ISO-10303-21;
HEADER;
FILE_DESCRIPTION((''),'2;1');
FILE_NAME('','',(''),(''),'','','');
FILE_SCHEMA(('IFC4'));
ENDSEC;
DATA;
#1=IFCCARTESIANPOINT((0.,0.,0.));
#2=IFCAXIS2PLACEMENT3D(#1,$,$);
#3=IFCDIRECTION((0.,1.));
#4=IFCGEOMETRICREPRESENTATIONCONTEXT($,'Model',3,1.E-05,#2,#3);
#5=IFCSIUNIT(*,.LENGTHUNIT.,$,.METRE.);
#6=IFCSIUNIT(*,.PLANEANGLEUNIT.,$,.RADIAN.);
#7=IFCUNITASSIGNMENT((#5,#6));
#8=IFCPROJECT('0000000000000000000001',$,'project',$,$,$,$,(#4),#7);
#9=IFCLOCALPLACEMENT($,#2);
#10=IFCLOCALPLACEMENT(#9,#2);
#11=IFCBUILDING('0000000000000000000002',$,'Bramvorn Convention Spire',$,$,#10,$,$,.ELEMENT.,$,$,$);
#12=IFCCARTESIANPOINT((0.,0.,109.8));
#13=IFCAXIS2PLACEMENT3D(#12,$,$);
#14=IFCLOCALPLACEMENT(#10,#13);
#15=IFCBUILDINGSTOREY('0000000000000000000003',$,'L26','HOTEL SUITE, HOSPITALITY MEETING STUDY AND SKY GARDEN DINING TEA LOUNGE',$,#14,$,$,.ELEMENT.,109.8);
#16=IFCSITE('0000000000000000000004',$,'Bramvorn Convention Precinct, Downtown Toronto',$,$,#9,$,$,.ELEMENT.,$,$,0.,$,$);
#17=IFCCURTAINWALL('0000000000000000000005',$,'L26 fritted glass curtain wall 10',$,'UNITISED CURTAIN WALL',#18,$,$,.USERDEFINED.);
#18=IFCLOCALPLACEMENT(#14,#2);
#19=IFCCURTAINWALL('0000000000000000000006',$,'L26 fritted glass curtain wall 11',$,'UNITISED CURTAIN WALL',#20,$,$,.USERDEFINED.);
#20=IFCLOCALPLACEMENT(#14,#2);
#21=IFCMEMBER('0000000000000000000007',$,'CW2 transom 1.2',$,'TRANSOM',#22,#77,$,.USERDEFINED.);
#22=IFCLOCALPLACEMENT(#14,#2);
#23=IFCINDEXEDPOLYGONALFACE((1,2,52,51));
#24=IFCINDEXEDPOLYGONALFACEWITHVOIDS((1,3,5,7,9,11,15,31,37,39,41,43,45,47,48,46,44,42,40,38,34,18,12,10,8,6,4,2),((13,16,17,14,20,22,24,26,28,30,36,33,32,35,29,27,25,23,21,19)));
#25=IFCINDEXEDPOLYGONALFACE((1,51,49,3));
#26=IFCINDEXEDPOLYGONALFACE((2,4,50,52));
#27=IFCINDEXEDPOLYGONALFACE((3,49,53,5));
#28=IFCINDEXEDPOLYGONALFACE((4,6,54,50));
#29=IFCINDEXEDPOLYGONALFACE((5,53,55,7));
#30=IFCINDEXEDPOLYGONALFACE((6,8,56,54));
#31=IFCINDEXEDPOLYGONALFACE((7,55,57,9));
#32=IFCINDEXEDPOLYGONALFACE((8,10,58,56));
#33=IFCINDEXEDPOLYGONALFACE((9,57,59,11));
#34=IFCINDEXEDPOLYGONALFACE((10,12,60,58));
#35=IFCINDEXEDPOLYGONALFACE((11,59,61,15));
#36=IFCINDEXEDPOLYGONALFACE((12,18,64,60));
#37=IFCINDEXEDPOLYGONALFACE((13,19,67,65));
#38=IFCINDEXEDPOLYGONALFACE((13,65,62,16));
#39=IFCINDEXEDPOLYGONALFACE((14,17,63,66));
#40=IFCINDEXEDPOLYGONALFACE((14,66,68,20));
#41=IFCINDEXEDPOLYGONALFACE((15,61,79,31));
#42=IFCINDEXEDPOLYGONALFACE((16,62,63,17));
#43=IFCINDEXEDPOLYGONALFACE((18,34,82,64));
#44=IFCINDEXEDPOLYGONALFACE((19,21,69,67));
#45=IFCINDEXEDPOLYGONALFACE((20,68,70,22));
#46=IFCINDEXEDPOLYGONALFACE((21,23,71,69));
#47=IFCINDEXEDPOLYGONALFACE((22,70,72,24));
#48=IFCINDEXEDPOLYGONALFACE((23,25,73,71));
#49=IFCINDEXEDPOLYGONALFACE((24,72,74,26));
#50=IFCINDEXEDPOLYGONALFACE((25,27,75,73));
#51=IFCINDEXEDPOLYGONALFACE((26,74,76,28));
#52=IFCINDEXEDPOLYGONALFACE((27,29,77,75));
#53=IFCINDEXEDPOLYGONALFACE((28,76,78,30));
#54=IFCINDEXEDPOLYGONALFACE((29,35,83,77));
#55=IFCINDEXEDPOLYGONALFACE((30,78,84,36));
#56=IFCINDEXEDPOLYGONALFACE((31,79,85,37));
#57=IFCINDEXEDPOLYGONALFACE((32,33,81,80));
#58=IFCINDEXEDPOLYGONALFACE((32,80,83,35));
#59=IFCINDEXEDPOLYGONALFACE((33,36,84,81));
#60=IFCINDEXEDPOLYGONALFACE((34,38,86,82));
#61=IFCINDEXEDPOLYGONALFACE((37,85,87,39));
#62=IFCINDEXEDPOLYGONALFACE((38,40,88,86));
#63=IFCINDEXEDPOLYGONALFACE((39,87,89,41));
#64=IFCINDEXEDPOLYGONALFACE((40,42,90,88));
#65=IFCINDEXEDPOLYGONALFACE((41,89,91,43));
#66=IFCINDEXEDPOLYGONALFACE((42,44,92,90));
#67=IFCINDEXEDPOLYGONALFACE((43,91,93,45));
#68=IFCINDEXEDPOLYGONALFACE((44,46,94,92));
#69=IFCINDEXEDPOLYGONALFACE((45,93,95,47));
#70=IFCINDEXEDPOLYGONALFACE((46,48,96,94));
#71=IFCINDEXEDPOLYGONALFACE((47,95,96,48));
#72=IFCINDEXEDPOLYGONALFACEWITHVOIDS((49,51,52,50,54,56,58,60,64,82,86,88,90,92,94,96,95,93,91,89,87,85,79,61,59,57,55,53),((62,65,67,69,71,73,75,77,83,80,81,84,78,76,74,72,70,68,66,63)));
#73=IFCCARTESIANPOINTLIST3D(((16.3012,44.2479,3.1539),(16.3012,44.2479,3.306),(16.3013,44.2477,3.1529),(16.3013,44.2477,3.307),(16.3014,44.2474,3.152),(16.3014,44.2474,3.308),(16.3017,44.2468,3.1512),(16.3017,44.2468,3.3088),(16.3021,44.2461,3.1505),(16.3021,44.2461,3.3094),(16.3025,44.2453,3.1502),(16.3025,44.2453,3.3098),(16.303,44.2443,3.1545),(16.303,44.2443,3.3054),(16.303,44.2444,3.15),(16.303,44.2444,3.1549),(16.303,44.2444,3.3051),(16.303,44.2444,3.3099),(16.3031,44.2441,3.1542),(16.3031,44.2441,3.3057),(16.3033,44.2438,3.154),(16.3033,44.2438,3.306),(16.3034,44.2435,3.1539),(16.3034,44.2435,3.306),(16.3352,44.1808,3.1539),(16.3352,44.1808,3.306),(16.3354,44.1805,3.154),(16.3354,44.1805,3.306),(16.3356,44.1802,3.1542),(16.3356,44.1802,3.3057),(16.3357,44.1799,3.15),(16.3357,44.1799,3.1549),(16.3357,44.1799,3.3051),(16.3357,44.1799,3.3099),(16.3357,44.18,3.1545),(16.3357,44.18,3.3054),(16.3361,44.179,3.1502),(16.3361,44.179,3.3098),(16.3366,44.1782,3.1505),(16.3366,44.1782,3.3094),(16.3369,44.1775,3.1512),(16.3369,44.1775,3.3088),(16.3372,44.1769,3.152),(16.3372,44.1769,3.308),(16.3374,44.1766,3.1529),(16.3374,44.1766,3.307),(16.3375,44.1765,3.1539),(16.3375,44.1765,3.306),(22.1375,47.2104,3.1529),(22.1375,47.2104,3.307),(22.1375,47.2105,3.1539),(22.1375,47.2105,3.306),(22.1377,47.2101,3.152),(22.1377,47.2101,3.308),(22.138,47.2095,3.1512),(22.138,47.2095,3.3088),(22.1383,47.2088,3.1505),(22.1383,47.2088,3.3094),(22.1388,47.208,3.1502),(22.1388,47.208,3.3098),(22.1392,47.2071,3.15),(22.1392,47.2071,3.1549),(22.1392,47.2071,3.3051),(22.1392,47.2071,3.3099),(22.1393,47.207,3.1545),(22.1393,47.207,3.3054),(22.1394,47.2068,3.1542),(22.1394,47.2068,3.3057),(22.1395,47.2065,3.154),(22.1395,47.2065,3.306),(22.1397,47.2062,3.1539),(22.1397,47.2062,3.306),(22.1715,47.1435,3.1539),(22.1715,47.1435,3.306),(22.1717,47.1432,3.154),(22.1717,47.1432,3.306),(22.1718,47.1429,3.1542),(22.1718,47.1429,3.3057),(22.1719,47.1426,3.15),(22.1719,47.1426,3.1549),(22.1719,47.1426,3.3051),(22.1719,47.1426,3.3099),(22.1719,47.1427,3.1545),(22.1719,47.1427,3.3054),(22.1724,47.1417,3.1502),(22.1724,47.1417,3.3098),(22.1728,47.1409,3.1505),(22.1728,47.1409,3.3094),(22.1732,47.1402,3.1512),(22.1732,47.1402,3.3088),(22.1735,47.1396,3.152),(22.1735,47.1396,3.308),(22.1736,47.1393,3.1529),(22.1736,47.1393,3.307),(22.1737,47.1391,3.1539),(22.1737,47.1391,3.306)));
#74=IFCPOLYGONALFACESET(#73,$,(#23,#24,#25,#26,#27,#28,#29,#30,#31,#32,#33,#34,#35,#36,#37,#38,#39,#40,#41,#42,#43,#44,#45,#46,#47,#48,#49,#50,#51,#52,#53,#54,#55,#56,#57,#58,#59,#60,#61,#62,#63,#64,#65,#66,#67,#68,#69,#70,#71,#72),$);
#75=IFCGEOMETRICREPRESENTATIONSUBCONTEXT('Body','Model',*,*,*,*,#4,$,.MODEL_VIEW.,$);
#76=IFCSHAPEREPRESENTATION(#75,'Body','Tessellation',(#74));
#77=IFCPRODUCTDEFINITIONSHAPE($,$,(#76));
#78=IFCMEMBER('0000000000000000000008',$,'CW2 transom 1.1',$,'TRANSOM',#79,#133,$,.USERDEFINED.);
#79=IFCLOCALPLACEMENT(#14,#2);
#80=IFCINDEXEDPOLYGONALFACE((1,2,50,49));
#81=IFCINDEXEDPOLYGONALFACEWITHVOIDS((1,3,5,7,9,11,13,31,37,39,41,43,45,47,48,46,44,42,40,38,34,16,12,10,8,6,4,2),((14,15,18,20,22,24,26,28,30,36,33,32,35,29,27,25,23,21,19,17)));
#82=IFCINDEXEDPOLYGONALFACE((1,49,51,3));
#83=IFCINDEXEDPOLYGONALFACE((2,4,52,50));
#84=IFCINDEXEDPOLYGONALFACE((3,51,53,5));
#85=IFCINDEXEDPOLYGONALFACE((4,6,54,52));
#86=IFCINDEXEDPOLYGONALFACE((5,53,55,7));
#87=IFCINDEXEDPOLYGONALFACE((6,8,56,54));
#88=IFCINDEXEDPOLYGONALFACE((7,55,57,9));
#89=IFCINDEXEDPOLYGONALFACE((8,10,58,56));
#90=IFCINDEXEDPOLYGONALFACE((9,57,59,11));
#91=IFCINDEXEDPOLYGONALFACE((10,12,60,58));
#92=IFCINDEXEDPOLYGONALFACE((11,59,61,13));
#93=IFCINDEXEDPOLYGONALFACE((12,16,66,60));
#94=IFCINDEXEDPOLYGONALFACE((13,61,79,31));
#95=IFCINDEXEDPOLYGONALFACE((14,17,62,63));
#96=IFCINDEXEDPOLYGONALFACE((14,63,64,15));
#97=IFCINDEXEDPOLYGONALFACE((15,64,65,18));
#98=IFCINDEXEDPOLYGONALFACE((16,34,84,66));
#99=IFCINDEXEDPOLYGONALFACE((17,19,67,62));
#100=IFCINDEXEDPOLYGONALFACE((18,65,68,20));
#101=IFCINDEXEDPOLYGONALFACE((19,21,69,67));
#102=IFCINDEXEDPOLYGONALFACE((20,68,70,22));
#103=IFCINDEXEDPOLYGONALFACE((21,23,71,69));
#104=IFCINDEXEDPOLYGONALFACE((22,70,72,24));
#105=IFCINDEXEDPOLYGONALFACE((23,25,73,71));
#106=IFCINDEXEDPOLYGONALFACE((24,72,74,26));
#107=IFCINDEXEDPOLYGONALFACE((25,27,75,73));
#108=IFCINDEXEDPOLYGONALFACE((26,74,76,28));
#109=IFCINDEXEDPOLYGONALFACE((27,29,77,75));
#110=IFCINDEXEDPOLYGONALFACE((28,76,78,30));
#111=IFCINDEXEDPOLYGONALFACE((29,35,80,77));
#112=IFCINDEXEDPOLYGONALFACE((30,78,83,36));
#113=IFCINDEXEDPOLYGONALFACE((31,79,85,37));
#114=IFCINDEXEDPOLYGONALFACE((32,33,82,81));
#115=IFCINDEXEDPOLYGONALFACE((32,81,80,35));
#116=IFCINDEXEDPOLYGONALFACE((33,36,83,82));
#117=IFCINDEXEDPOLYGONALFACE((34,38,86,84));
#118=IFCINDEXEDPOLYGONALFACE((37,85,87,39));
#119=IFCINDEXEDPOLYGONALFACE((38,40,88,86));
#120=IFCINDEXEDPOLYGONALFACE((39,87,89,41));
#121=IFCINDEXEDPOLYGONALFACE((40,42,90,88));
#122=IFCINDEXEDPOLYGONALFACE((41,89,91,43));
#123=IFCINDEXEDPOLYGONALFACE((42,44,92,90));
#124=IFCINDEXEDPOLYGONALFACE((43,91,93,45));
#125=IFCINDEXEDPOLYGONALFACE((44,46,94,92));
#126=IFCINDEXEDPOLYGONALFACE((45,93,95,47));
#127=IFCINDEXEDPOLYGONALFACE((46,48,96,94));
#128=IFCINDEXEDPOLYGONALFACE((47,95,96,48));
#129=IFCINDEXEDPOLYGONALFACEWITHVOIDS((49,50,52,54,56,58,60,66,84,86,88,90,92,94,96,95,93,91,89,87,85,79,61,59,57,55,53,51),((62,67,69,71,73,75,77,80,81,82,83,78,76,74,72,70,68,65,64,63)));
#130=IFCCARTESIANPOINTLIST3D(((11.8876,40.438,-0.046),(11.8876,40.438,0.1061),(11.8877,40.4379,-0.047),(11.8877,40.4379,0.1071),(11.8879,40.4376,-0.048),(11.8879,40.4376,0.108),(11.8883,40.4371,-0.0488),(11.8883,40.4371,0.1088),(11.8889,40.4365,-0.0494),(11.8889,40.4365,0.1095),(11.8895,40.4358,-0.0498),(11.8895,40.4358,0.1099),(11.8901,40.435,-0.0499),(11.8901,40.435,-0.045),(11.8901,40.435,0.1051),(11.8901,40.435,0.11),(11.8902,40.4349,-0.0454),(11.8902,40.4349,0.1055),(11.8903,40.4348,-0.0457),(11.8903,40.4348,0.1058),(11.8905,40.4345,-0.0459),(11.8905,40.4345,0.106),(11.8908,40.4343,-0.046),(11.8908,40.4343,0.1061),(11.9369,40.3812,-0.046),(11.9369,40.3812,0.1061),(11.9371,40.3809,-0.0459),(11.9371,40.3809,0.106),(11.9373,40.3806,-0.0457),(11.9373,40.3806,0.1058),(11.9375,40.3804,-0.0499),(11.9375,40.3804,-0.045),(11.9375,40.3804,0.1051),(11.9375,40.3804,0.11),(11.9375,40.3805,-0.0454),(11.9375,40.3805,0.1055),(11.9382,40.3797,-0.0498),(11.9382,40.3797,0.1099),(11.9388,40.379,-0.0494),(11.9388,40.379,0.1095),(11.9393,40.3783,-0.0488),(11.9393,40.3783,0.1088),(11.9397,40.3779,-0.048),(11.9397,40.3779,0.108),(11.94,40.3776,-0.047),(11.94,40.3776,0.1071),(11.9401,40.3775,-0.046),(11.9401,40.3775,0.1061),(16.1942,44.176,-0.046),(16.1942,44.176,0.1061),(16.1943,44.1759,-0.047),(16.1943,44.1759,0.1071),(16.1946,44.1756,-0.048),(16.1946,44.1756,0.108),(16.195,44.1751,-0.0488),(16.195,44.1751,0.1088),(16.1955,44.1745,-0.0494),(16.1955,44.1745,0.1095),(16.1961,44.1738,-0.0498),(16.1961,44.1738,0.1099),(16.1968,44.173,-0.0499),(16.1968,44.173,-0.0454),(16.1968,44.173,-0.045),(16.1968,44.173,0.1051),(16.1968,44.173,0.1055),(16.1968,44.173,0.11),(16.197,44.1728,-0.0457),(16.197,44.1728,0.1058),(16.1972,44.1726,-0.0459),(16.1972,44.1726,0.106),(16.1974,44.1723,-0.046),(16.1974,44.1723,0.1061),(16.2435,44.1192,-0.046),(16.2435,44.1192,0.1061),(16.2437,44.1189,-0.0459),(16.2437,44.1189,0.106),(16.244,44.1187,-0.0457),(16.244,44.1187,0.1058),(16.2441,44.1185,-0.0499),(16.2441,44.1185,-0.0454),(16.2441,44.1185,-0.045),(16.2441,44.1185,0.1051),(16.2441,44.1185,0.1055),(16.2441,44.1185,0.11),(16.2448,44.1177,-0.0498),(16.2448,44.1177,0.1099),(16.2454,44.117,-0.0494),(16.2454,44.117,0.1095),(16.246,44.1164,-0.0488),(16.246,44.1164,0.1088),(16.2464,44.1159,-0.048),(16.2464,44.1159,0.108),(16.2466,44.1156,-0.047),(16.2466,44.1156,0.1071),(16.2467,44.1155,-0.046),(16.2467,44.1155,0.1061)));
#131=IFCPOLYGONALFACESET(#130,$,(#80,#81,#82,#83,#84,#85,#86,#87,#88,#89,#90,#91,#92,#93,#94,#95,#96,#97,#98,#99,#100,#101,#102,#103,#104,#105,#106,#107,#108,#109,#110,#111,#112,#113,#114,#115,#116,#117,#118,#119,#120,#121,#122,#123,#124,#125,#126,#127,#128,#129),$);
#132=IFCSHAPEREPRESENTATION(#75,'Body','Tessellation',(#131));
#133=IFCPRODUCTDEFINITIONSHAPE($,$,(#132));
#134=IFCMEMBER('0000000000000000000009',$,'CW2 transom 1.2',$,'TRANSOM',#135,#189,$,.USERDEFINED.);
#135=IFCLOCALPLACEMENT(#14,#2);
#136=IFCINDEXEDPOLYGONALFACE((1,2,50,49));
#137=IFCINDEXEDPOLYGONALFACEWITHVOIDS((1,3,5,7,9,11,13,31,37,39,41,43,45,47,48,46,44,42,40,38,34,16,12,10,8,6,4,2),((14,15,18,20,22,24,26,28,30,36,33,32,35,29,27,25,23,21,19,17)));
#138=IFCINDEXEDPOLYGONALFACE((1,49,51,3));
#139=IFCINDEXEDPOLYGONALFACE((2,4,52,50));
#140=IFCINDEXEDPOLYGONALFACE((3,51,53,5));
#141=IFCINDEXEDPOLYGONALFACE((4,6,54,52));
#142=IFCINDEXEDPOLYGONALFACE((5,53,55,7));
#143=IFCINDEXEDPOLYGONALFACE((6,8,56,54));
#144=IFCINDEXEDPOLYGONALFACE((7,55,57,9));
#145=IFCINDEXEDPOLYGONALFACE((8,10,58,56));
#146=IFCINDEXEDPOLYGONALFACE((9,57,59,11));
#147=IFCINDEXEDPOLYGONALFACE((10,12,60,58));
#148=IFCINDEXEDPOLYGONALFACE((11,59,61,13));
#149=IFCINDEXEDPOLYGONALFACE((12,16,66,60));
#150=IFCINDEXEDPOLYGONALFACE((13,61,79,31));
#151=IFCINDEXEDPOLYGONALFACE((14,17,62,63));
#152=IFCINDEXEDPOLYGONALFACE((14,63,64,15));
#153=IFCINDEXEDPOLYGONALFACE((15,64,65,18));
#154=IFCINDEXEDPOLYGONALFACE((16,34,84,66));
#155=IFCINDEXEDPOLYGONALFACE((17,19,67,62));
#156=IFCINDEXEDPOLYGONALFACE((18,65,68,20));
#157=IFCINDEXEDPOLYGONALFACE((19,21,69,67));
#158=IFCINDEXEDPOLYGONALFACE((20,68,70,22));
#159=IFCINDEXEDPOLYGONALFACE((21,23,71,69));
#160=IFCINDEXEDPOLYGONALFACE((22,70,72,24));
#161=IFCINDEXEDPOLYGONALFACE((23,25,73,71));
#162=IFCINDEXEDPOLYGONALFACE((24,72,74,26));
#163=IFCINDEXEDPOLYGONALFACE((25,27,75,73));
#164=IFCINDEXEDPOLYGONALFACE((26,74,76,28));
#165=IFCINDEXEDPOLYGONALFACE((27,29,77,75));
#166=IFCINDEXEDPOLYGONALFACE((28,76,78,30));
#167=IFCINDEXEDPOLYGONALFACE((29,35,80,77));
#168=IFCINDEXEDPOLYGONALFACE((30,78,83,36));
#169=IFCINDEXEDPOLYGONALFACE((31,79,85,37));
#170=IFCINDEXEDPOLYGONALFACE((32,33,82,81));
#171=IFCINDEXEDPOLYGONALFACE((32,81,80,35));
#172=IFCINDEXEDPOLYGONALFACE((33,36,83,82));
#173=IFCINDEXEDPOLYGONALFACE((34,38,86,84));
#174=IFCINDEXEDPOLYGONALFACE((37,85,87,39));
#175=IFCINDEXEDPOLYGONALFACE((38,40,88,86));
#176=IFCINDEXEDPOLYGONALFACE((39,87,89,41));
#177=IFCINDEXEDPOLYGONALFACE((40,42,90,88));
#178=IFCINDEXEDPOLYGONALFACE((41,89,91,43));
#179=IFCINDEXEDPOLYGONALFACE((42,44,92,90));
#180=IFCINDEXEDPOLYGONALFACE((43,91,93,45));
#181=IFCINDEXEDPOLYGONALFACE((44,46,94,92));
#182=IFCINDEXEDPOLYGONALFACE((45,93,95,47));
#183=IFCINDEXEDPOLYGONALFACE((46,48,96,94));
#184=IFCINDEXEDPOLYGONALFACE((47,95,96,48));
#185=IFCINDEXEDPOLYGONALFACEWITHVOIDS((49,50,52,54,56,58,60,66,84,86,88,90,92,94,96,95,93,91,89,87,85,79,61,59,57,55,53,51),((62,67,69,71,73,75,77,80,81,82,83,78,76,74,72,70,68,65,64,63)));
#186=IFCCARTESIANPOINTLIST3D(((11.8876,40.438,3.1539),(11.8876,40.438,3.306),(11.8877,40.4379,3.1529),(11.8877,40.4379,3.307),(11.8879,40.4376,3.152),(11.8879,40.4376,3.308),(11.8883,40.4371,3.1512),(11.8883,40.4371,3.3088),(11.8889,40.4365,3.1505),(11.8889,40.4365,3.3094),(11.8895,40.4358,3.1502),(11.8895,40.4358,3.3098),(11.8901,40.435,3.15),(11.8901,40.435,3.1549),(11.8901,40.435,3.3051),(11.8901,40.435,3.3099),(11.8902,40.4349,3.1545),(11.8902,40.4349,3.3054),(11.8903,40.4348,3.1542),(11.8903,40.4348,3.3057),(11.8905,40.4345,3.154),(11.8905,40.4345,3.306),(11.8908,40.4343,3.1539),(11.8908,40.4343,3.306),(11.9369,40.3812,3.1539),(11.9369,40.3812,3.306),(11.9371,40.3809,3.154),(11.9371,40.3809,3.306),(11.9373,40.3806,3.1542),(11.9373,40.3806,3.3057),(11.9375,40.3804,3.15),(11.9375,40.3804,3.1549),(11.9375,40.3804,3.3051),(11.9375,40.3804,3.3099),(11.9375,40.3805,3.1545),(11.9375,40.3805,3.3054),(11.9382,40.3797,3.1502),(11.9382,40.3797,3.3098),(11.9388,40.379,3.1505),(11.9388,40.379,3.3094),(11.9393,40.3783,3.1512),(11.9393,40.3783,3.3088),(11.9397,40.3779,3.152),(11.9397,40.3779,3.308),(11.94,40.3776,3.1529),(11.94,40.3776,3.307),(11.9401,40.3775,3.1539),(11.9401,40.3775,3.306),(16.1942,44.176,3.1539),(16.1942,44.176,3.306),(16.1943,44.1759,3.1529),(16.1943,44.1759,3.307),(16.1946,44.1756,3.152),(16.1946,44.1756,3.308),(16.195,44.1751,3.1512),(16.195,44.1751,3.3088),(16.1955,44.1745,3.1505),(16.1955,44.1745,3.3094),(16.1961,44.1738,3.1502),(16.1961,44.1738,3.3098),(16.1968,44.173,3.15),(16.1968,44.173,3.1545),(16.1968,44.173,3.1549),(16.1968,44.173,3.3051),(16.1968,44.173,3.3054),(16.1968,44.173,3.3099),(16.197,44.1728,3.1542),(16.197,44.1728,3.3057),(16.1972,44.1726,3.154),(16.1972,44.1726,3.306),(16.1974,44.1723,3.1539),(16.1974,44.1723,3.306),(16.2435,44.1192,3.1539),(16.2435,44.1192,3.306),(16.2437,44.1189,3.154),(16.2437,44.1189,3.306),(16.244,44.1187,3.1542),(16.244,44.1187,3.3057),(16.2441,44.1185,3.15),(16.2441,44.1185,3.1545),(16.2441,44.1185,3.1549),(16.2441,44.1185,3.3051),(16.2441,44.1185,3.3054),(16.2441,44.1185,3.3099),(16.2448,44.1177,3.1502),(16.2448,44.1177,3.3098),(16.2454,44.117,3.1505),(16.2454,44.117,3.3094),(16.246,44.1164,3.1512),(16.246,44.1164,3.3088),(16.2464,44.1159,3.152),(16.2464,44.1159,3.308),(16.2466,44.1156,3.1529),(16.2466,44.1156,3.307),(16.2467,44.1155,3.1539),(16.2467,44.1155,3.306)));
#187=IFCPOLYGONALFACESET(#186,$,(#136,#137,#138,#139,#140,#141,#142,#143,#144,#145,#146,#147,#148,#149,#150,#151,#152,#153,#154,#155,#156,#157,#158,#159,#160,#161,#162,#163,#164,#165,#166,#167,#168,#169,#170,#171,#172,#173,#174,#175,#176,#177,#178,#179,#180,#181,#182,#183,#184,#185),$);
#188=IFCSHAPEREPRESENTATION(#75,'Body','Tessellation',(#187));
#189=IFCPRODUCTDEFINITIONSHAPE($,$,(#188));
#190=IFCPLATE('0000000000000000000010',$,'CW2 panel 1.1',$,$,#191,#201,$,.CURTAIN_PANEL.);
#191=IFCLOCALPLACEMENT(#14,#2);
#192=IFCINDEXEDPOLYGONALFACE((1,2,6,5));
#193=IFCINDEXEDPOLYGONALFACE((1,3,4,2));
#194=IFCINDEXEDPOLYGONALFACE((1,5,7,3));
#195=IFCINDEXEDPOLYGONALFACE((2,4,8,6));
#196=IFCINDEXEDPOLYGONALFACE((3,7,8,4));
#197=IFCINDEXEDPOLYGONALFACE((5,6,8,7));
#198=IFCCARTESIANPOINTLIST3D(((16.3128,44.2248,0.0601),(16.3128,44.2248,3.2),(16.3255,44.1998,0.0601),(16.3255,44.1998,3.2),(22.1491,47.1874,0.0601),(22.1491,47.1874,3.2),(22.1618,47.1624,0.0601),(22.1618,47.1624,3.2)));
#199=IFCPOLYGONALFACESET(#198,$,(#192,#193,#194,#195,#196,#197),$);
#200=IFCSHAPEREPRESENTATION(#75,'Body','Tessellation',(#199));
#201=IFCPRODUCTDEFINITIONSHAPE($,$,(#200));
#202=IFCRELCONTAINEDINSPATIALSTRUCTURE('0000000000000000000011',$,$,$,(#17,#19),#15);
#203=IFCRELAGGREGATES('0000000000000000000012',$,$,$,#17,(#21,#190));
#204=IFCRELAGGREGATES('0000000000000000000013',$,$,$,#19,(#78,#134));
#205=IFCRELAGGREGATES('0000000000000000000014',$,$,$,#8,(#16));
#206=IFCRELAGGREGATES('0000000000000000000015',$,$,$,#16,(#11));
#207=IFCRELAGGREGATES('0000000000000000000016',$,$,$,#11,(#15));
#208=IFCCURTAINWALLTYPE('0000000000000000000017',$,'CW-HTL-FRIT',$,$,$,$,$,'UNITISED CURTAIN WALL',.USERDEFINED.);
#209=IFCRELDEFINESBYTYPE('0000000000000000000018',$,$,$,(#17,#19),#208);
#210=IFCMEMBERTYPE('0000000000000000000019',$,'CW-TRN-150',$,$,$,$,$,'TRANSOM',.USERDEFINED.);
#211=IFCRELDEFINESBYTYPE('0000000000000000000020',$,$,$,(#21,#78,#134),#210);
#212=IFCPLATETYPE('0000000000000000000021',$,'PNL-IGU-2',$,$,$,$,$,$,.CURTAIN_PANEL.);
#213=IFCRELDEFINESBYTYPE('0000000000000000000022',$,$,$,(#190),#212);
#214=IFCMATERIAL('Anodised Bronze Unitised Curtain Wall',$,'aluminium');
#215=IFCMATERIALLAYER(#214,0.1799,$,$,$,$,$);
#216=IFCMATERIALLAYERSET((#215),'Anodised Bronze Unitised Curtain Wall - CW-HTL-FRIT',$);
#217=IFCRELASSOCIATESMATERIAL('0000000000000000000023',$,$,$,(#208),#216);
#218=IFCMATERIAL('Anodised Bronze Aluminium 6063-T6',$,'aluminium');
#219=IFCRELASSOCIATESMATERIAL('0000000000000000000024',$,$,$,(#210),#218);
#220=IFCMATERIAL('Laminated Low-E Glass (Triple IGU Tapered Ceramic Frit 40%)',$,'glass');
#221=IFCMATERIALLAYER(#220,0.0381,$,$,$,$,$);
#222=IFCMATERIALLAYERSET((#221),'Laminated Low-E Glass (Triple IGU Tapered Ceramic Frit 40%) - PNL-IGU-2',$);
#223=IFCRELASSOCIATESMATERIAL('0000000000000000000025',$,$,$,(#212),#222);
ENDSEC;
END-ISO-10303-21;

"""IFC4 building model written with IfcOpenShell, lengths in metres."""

from ifc_helpers import new_model, si_unit, direction, frame, origin, origin_2d, place, context, subcontext, project, spatial, rectangle, hollow_rectangle, extrude, material, layer, layer_set, material_profile, profile_set, type_object, element, aggregate, save


model = new_model("IFC4")

# Units and contexts
model_context = context("Model", 3, precision=1e-05, world=origin(), true_north=direction((0.0, 1.0)))
body_context = subcontext(model_context, "Body", "Model", "MODEL_VIEW")
ifc_project = project(units=[si_unit("LENGTHUNIT", "METRE"), si_unit("PLANEANGLEUNIT", "RADIAN")], contexts=[model_context])

# Site, building, storey
site_placement = place(None, origin())
site = spatial("IfcSite", under=ifc_project, at=site_placement, Name="Bramvorn Convention Precinct, Downtown Toronto", CompositionType="ELEMENT", RefElevation=0.0)
building_placement = place(site_placement, origin())
building = spatial("IfcBuilding", under=site, at=building_placement, Name="Bramvorn Convention Spire", CompositionType="ELEMENT")
storey_placement = place(building_placement, frame((0.0, 0.0, 109.8)))
storey = spatial("IfcBuildingStorey", under=building, at=storey_placement, Name="L26", Description="HOTEL SUITE, HOSPITALITY MEETING STUDY AND SKY GARDEN DINING TEA LOUNGE", CompositionType="ELEMENT", Elevation=109.8)

# Shared definitions
ifc_material_1 = material(Name="Anodised Bronze Unitised Curtain Wall", Category="aluminium")
ifc_layer_1 = layer(ifc_material_1, 0.1799)
ifc_layer_set_1 = layer_set([ifc_layer_1], Name="Anodised Bronze Unitised Curtain Wall - CW-HTL-FRIT")
curtain_wall_type = type_object("IfcCurtainWallType", Name="CW-HTL-FRIT", ElementType="UNITISED CURTAIN WALL", PredefinedType="USERDEFINED", material=ifc_layer_set_1)
ifc_material_2 = material(Name="Anodised Bronze Aluminium 6063-T6", Category="aluminium")

# Curtain walls
curtain_wall_1_placement = place(storey_placement, origin())
curtain_wall_1 = element("IfcCurtainWall", 1, at=curtain_wall_1_placement, inside=storey, type_object=curtain_wall_type, Name="L26 fritted glass curtain wall 10", ObjectType="UNITISED CURTAIN WALL", PredefinedType="USERDEFINED")
curtain_wall_2_placement = place(storey_placement, origin())
curtain_wall_2 = element("IfcCurtainWall", 2, at=curtain_wall_2_placement, inside=storey, type_object=curtain_wall_type, Name="L26 fritted glass curtain wall 11", ObjectType="UNITISED CURTAIN WALL", PredefinedType="USERDEFINED")

# Members
ifc_material_profile_1 = material_profile(ifc_material_2, hollow_rectangle(XDim=0.0801, YDim=0.1599, WallThickness=0.0039, InnerFilletRadius=0.001, OuterFilletRadius=0.0039, at=origin_2d()))
ifc_profile_set_1 = profile_set([ifc_material_profile_1], Name="Anodised Bronze Aluminium 6063-T6 - CWT80X160")
member_type_1 = type_object("IfcMemberType", Name="CW-TRN-150", ElementType="TRANSOM", PredefinedType="USERDEFINED", material=ifc_profile_set_1)
member_1_placement = place(storey_placement, frame((16.3193, 44.2122, 3.23), z_axis=(0.891688, 0.452651, 0.0), x_axis=(-0.452651, 0.891688, 0.0)))
member_1 = element("IfcMember", 3, at=member_1_placement, type_object=member_type_1, Name="CW2 transom 1.2", ObjectType="TRANSOM", PredefinedType="USERDEFINED", context=body_context, shape_type="SweptSolid", body=[
    extrude(hollow_rectangle(XDim=0.0801, YDim=0.1599, WallThickness=0.0039, InnerFilletRadius=0.001, OuterFilletRadius=0.0039, at=origin_2d()), origin(), (0.0, 0.0, 1.0), 6.5452),
])
member_2_placement = place(storey_placement, frame((11.9138, 40.4077, 0.03), z_axis=(0.755202, 0.655493, 0.0), x_axis=(-0.655493, 0.755202, 0.0)))
member_2 = element("IfcMember", 4, at=member_2_placement, type_object=member_type_1, Name="CW2 transom 1.1", ObjectType="TRANSOM", PredefinedType="USERDEFINED", context=body_context, shape_type="SweptSolid", body=[
    extrude(hollow_rectangle(XDim=0.0801, YDim=0.1599, WallThickness=0.0039, InnerFilletRadius=0.001, OuterFilletRadius=0.0039, at=origin_2d()), origin(), (0.0, 0.0, 1.0), 5.7026),
])
member_3_placement = place(storey_placement, frame((11.9138, 40.4077, 3.23), z_axis=(0.755202, 0.655493, 0.0), x_axis=(-0.655493, 0.755202, 0.0)))
member_3 = element("IfcMember", 5, at=member_3_placement, type_object=member_type_1, Name="CW2 transom 1.2", ObjectType="TRANSOM", PredefinedType="USERDEFINED", context=body_context, shape_type="SweptSolid", body=[
    extrude(hollow_rectangle(XDim=0.0801, YDim=0.1599, WallThickness=0.0039, InnerFilletRadius=0.001, OuterFilletRadius=0.0039, at=origin_2d()), origin(), (0.0, 0.0, 1.0), 5.7026),
])

# Plate
ifc_material_3 = material(Name="Laminated Low-E Glass (Triple IGU Tapered Ceramic Frit 40%)", Category="glass")
ifc_layer_2 = layer(ifc_material_3, 0.0381)
ifc_layer_set_2 = layer_set([ifc_layer_2], Name="Laminated Low-E Glass (Triple IGU Tapered Ceramic Frit 40%) - PNL-IGU-2")
plate_type = type_object("IfcPlateType", Name="PNL-IGU-2", PredefinedType="CURTAIN_PANEL", material=ifc_layer_set_2)
plate_1_placement = place(storey_placement, frame((19.2373, 45.6936, 0.0601), z_axis=(0.0, 0.0, 1.0), x_axis=(0.891692, 0.452643, 0.0)))
plate_1 = element("IfcPlate", 6, at=plate_1_placement, type_object=plate_type, Name="CW2 panel 1.1", PredefinedType="CURTAIN_PANEL", context=body_context, shape_type="SweptSolid", body=[
    extrude(rectangle(XDim=6.5452, YDim=0.0281, at=origin_2d()), origin(), (0.0, 0.0, 1.0), 3.1399),
])
aggregate(curtain_wall_1, [member_1, plate_1])
aggregate(curtain_wall_2, [member_2, member_3])

save(model, "model.ifc")
